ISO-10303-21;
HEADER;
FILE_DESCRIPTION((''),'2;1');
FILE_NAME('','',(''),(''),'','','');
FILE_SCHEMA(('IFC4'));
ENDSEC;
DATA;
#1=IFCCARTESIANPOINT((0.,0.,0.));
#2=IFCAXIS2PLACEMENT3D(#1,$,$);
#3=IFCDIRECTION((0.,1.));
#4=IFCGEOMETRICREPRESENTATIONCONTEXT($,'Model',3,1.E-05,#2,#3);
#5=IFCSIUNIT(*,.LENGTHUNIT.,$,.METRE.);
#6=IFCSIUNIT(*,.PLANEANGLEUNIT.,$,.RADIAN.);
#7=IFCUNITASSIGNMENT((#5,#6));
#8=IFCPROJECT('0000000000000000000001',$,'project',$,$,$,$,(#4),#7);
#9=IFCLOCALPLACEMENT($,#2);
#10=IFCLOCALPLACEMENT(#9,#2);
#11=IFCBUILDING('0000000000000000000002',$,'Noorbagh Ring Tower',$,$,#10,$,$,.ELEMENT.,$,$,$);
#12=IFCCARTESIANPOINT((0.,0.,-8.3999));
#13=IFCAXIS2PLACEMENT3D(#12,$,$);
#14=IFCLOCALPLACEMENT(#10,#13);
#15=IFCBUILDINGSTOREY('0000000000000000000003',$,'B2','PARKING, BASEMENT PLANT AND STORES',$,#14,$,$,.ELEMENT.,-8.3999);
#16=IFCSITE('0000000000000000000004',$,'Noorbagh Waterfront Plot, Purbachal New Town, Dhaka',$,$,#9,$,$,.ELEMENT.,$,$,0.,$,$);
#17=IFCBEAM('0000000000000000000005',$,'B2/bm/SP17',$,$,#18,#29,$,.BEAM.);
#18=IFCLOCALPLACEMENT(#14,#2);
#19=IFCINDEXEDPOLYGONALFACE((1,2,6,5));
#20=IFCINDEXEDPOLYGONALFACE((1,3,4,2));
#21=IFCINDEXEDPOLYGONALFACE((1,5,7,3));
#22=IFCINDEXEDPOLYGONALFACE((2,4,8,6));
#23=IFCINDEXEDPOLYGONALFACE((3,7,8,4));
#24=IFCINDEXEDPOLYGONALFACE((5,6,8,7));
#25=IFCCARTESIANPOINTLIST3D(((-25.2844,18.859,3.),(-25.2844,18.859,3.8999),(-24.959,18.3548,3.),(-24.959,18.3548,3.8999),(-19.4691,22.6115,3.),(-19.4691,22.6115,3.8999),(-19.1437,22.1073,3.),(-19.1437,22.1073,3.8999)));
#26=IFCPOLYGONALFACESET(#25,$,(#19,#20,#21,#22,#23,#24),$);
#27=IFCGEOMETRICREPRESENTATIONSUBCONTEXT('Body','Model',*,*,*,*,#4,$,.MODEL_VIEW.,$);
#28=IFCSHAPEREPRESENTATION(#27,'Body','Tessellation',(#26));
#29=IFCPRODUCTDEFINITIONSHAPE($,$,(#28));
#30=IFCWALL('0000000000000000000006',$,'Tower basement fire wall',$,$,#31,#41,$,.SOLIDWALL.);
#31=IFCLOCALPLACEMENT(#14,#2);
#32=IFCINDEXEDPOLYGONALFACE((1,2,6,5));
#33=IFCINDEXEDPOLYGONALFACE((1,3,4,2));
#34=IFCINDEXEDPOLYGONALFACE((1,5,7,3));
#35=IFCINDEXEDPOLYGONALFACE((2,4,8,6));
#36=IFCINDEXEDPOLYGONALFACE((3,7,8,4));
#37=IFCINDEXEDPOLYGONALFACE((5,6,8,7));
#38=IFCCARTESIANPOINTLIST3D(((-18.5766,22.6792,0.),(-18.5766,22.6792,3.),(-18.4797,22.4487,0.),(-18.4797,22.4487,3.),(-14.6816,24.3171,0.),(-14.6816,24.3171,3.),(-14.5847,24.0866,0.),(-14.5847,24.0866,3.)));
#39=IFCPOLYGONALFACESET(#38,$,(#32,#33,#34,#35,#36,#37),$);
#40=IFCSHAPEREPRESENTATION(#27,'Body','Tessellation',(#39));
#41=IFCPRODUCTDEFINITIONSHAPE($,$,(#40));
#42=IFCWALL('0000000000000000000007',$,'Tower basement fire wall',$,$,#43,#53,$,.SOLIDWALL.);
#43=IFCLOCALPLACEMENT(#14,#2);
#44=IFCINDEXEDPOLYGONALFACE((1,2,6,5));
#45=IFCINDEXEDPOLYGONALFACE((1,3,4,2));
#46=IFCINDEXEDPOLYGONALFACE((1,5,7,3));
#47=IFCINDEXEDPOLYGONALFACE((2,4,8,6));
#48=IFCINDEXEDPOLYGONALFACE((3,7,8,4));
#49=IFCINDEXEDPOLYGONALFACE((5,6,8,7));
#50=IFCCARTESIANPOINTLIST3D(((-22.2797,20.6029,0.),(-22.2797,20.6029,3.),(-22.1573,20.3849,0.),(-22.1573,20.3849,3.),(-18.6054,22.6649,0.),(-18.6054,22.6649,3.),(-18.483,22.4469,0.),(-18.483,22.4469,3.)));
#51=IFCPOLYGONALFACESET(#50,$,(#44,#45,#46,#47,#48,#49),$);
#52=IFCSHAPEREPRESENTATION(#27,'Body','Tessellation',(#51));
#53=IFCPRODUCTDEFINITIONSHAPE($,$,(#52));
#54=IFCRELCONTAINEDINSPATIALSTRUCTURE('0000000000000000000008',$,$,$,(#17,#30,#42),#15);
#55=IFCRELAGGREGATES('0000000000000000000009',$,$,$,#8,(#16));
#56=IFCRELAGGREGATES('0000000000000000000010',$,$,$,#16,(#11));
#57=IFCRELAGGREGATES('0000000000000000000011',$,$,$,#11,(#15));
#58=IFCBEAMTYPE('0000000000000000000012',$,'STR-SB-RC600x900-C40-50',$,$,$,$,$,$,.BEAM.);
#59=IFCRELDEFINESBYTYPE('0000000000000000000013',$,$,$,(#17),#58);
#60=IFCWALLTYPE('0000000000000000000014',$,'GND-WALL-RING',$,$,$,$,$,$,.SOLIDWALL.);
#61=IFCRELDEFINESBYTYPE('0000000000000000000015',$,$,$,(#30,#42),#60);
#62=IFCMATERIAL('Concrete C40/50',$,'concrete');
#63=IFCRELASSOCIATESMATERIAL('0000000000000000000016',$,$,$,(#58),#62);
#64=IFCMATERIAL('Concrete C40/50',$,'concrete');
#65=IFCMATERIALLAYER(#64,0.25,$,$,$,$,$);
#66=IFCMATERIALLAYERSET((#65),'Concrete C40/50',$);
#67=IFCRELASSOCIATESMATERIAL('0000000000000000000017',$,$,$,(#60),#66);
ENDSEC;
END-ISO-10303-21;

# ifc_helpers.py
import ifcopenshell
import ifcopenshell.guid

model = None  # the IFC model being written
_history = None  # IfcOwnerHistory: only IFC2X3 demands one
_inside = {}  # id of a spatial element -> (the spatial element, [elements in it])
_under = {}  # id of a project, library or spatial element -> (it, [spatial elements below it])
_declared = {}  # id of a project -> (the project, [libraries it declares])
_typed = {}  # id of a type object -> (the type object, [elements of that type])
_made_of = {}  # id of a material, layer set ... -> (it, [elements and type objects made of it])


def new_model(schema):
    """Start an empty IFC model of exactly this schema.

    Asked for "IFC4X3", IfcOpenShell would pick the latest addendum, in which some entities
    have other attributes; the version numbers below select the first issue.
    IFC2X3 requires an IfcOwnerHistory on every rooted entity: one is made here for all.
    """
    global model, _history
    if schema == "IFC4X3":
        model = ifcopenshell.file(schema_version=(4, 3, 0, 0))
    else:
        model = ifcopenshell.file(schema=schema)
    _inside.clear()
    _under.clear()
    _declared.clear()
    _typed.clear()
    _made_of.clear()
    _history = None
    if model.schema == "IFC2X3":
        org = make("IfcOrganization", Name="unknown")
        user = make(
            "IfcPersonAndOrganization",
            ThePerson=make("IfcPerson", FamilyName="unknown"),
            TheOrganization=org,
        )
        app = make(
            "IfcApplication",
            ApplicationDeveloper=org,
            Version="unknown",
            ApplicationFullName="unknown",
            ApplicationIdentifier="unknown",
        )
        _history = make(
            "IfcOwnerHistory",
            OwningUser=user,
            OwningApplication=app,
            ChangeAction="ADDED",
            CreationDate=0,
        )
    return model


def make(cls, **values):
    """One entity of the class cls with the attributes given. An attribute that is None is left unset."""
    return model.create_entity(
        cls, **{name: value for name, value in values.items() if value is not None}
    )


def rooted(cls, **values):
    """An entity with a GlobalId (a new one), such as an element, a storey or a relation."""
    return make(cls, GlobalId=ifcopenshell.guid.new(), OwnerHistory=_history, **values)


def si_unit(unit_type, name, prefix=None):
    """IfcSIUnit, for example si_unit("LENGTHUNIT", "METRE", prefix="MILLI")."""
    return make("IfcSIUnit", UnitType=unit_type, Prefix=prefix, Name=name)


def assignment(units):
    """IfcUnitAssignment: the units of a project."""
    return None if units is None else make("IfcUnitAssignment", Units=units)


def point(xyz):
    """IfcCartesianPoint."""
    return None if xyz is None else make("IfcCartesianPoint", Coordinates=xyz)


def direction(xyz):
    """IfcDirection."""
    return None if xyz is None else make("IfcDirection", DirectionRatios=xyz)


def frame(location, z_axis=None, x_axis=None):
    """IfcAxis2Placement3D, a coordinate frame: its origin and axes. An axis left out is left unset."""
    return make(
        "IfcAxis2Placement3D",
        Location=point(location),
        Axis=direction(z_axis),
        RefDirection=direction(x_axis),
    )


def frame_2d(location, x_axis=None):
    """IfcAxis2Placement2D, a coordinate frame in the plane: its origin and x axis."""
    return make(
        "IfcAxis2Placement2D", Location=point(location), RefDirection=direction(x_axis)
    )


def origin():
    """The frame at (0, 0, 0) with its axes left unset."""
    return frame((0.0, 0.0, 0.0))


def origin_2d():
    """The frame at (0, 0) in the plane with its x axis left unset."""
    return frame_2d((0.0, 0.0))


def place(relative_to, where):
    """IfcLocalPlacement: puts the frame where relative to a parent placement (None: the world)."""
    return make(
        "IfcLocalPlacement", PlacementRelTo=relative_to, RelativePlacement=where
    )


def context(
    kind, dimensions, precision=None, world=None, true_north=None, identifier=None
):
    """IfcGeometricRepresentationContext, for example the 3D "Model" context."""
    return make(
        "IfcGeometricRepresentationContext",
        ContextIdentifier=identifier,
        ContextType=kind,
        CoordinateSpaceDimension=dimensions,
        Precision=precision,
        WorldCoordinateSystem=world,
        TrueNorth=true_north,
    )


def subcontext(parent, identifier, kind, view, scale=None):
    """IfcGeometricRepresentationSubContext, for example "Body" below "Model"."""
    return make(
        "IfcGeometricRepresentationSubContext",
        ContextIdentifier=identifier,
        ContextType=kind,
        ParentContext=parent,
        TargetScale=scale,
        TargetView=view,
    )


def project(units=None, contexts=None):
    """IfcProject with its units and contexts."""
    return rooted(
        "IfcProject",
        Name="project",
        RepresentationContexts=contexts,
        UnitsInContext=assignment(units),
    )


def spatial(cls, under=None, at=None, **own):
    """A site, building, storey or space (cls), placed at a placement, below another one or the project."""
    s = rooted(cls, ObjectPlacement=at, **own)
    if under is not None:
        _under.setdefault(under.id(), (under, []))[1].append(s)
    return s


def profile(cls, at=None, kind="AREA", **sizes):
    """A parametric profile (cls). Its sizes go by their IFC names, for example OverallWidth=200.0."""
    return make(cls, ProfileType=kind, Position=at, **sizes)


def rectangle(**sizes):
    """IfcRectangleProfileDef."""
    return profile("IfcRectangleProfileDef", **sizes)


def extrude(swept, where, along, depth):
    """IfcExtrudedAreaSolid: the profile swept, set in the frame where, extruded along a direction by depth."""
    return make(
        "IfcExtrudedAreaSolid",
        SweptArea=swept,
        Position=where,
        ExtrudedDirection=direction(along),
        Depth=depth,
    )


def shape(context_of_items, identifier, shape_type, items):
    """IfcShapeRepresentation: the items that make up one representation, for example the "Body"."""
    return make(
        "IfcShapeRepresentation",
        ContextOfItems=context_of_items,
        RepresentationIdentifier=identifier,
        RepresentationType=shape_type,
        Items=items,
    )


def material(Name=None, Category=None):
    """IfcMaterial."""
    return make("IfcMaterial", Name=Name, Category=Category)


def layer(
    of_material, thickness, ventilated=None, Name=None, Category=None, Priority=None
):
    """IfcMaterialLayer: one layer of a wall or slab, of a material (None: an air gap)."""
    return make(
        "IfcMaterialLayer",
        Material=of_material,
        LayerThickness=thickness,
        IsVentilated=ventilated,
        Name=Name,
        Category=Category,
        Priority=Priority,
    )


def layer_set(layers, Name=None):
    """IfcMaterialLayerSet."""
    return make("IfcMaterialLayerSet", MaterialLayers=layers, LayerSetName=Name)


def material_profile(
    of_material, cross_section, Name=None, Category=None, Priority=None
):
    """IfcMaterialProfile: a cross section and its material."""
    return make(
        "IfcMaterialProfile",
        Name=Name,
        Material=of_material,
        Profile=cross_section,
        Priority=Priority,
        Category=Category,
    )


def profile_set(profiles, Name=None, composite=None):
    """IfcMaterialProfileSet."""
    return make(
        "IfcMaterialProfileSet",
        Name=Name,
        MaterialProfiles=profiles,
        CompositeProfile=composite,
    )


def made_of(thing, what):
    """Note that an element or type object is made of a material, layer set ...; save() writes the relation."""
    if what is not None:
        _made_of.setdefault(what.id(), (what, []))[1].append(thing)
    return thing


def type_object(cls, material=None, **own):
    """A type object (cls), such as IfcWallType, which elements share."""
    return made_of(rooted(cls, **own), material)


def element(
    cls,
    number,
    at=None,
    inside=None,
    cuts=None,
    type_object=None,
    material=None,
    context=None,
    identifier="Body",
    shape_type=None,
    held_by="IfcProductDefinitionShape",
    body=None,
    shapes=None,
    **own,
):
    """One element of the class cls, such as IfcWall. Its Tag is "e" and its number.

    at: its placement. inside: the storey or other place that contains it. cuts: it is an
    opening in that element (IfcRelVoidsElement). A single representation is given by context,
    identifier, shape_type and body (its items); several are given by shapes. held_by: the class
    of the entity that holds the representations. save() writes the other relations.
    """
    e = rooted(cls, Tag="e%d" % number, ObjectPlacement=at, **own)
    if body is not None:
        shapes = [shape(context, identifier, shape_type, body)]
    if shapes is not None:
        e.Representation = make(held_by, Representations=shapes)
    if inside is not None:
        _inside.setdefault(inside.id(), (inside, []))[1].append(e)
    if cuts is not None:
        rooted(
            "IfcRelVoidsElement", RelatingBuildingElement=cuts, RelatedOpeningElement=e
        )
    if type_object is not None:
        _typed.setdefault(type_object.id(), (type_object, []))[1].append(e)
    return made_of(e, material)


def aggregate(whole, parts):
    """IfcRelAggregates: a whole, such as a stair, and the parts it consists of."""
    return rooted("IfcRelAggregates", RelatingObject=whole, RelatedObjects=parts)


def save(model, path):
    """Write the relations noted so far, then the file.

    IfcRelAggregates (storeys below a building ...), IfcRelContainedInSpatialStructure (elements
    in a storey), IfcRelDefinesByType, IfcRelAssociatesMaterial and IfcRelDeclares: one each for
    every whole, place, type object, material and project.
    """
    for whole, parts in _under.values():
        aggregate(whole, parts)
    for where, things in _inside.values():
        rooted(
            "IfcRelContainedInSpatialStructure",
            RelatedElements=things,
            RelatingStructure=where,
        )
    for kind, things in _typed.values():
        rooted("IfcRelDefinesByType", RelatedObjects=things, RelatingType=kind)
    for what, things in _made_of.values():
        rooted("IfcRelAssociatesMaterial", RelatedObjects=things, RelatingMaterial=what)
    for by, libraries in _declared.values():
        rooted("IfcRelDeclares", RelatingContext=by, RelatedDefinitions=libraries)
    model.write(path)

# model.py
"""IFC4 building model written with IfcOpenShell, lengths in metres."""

from ifc_helpers import new_model, si_unit, direction, frame, frame_2d, origin, origin_2d, place, context, subcontext, project, spatial, rectangle, extrude, material, layer, layer_set, material_profile, profile_set, type_object, element, save


model = new_model("IFC4")

# Units and contexts
model_context = context("Model", 3, precision=1e-05, world=origin(), true_north=direction((0.0, 1.0)))
body_context = subcontext(model_context, "Body", "Model", "MODEL_VIEW")
ifc_project = project(units=[si_unit("LENGTHUNIT", "METRE"), si_unit("PLANEANGLEUNIT", "RADIAN")], contexts=[model_context])

# Site, building, storey
site_placement = place(None, origin())
site = spatial("IfcSite", under=ifc_project, at=site_placement, Name="Noorbagh Waterfront Plot, Purbachal New Town, Dhaka", CompositionType="ELEMENT", RefElevation=0.0)
building_placement = place(site_placement, origin())
building = spatial("IfcBuilding", under=site, at=building_placement, Name="Noorbagh Ring Tower", CompositionType="ELEMENT")
storey_placement = place(building_placement, frame((0.0, 0.0, -8.3999)))
storey = spatial("IfcBuildingStorey", under=building, at=storey_placement, Name="B2", Description="PARKING, BASEMENT PLANT AND STORES", CompositionType="ELEMENT", Elevation=-8.3999)

# Beam
ifc_material_1 = material(Name="Concrete C40/50", Category="concrete")
ifc_material_profile_1 = material_profile(ifc_material_1, rectangle(XDim=0.6001, YDim=0.8999, at=origin_2d()), Name="RC600x900")
ifc_profile_set_1 = profile_set([ifc_material_profile_1], Name="Concrete C40/50")
beam_type_1 = type_object("IfcBeamType", Name="STR-SB-RC600x900-C40-50", PredefinedType="BEAM", material=ifc_profile_set_1)
beam_1_placement = place(storey_placement, frame((-19.3064, 22.3594, 3.45), z_axis=(-0.84025, -0.542199, 0.0), x_axis=(0.542199, -0.84025, 0.0)))
element("IfcBeam", 1, at=beam_1_placement, inside=storey, type_object=beam_type_1, Name="B2/bm/SP17", PredefinedType="BEAM", context=body_context, shape_type="SweptSolid", body=[
    extrude(rectangle(XDim=0.6001, YDim=0.8999, at=origin_2d()), origin(), (0.0, 0.0, 1.0), 6.9209),
])

# Walls
ifc_material_2 = material(Name="Concrete C40/50", Category="concrete")
ifc_layer = layer(ifc_material_2, 0.25)
ifc_layer_set = layer_set([ifc_layer], Name="Concrete C40/50")
wall_type = type_object("IfcWallType", Name="GND-WALL-RING", PredefinedType="SOLIDWALL", material=ifc_layer_set)
wall_1_placement = place(storey_placement, frame((-14.6331, 24.2019, 0.0), z_axis=(0.0, 0.0, 1.0), x_axis=(-0.92181, -0.387641, 0.0)))
element("IfcWall", 2, at=wall_1_placement, inside=storey, type_object=wall_type, Name="Tower basement fire wall", PredefinedType="SOLIDWALL", context=body_context, shape_type="SweptSolid", body=[
    extrude(rectangle(XDim=4.2253, YDim=0.25, at=frame_2d((2.1128, 0.0))), origin(), (0.0, 0.0, 1.0), 3.0),
])
wall_2_placement = place(storey_placement, frame((-18.5442, 22.5559, 0.0), z_axis=(0.0, 0.0, 1.0), x_axis=(-0.872061, -0.489397, 0.0)))
element("IfcWall", 3, at=wall_2_placement, inside=storey, type_object=wall_type, Name="Tower basement fire wall", PredefinedType="SOLIDWALL", context=body_context, shape_type="SweptSolid", body=[
    extrude(rectangle(XDim=4.2134, YDim=0.25, at=frame_2d((2.1067, 0.0))), origin(), (0.0, 0.0, 1.0), 3.0),
])

save(model, "model.ifc")
